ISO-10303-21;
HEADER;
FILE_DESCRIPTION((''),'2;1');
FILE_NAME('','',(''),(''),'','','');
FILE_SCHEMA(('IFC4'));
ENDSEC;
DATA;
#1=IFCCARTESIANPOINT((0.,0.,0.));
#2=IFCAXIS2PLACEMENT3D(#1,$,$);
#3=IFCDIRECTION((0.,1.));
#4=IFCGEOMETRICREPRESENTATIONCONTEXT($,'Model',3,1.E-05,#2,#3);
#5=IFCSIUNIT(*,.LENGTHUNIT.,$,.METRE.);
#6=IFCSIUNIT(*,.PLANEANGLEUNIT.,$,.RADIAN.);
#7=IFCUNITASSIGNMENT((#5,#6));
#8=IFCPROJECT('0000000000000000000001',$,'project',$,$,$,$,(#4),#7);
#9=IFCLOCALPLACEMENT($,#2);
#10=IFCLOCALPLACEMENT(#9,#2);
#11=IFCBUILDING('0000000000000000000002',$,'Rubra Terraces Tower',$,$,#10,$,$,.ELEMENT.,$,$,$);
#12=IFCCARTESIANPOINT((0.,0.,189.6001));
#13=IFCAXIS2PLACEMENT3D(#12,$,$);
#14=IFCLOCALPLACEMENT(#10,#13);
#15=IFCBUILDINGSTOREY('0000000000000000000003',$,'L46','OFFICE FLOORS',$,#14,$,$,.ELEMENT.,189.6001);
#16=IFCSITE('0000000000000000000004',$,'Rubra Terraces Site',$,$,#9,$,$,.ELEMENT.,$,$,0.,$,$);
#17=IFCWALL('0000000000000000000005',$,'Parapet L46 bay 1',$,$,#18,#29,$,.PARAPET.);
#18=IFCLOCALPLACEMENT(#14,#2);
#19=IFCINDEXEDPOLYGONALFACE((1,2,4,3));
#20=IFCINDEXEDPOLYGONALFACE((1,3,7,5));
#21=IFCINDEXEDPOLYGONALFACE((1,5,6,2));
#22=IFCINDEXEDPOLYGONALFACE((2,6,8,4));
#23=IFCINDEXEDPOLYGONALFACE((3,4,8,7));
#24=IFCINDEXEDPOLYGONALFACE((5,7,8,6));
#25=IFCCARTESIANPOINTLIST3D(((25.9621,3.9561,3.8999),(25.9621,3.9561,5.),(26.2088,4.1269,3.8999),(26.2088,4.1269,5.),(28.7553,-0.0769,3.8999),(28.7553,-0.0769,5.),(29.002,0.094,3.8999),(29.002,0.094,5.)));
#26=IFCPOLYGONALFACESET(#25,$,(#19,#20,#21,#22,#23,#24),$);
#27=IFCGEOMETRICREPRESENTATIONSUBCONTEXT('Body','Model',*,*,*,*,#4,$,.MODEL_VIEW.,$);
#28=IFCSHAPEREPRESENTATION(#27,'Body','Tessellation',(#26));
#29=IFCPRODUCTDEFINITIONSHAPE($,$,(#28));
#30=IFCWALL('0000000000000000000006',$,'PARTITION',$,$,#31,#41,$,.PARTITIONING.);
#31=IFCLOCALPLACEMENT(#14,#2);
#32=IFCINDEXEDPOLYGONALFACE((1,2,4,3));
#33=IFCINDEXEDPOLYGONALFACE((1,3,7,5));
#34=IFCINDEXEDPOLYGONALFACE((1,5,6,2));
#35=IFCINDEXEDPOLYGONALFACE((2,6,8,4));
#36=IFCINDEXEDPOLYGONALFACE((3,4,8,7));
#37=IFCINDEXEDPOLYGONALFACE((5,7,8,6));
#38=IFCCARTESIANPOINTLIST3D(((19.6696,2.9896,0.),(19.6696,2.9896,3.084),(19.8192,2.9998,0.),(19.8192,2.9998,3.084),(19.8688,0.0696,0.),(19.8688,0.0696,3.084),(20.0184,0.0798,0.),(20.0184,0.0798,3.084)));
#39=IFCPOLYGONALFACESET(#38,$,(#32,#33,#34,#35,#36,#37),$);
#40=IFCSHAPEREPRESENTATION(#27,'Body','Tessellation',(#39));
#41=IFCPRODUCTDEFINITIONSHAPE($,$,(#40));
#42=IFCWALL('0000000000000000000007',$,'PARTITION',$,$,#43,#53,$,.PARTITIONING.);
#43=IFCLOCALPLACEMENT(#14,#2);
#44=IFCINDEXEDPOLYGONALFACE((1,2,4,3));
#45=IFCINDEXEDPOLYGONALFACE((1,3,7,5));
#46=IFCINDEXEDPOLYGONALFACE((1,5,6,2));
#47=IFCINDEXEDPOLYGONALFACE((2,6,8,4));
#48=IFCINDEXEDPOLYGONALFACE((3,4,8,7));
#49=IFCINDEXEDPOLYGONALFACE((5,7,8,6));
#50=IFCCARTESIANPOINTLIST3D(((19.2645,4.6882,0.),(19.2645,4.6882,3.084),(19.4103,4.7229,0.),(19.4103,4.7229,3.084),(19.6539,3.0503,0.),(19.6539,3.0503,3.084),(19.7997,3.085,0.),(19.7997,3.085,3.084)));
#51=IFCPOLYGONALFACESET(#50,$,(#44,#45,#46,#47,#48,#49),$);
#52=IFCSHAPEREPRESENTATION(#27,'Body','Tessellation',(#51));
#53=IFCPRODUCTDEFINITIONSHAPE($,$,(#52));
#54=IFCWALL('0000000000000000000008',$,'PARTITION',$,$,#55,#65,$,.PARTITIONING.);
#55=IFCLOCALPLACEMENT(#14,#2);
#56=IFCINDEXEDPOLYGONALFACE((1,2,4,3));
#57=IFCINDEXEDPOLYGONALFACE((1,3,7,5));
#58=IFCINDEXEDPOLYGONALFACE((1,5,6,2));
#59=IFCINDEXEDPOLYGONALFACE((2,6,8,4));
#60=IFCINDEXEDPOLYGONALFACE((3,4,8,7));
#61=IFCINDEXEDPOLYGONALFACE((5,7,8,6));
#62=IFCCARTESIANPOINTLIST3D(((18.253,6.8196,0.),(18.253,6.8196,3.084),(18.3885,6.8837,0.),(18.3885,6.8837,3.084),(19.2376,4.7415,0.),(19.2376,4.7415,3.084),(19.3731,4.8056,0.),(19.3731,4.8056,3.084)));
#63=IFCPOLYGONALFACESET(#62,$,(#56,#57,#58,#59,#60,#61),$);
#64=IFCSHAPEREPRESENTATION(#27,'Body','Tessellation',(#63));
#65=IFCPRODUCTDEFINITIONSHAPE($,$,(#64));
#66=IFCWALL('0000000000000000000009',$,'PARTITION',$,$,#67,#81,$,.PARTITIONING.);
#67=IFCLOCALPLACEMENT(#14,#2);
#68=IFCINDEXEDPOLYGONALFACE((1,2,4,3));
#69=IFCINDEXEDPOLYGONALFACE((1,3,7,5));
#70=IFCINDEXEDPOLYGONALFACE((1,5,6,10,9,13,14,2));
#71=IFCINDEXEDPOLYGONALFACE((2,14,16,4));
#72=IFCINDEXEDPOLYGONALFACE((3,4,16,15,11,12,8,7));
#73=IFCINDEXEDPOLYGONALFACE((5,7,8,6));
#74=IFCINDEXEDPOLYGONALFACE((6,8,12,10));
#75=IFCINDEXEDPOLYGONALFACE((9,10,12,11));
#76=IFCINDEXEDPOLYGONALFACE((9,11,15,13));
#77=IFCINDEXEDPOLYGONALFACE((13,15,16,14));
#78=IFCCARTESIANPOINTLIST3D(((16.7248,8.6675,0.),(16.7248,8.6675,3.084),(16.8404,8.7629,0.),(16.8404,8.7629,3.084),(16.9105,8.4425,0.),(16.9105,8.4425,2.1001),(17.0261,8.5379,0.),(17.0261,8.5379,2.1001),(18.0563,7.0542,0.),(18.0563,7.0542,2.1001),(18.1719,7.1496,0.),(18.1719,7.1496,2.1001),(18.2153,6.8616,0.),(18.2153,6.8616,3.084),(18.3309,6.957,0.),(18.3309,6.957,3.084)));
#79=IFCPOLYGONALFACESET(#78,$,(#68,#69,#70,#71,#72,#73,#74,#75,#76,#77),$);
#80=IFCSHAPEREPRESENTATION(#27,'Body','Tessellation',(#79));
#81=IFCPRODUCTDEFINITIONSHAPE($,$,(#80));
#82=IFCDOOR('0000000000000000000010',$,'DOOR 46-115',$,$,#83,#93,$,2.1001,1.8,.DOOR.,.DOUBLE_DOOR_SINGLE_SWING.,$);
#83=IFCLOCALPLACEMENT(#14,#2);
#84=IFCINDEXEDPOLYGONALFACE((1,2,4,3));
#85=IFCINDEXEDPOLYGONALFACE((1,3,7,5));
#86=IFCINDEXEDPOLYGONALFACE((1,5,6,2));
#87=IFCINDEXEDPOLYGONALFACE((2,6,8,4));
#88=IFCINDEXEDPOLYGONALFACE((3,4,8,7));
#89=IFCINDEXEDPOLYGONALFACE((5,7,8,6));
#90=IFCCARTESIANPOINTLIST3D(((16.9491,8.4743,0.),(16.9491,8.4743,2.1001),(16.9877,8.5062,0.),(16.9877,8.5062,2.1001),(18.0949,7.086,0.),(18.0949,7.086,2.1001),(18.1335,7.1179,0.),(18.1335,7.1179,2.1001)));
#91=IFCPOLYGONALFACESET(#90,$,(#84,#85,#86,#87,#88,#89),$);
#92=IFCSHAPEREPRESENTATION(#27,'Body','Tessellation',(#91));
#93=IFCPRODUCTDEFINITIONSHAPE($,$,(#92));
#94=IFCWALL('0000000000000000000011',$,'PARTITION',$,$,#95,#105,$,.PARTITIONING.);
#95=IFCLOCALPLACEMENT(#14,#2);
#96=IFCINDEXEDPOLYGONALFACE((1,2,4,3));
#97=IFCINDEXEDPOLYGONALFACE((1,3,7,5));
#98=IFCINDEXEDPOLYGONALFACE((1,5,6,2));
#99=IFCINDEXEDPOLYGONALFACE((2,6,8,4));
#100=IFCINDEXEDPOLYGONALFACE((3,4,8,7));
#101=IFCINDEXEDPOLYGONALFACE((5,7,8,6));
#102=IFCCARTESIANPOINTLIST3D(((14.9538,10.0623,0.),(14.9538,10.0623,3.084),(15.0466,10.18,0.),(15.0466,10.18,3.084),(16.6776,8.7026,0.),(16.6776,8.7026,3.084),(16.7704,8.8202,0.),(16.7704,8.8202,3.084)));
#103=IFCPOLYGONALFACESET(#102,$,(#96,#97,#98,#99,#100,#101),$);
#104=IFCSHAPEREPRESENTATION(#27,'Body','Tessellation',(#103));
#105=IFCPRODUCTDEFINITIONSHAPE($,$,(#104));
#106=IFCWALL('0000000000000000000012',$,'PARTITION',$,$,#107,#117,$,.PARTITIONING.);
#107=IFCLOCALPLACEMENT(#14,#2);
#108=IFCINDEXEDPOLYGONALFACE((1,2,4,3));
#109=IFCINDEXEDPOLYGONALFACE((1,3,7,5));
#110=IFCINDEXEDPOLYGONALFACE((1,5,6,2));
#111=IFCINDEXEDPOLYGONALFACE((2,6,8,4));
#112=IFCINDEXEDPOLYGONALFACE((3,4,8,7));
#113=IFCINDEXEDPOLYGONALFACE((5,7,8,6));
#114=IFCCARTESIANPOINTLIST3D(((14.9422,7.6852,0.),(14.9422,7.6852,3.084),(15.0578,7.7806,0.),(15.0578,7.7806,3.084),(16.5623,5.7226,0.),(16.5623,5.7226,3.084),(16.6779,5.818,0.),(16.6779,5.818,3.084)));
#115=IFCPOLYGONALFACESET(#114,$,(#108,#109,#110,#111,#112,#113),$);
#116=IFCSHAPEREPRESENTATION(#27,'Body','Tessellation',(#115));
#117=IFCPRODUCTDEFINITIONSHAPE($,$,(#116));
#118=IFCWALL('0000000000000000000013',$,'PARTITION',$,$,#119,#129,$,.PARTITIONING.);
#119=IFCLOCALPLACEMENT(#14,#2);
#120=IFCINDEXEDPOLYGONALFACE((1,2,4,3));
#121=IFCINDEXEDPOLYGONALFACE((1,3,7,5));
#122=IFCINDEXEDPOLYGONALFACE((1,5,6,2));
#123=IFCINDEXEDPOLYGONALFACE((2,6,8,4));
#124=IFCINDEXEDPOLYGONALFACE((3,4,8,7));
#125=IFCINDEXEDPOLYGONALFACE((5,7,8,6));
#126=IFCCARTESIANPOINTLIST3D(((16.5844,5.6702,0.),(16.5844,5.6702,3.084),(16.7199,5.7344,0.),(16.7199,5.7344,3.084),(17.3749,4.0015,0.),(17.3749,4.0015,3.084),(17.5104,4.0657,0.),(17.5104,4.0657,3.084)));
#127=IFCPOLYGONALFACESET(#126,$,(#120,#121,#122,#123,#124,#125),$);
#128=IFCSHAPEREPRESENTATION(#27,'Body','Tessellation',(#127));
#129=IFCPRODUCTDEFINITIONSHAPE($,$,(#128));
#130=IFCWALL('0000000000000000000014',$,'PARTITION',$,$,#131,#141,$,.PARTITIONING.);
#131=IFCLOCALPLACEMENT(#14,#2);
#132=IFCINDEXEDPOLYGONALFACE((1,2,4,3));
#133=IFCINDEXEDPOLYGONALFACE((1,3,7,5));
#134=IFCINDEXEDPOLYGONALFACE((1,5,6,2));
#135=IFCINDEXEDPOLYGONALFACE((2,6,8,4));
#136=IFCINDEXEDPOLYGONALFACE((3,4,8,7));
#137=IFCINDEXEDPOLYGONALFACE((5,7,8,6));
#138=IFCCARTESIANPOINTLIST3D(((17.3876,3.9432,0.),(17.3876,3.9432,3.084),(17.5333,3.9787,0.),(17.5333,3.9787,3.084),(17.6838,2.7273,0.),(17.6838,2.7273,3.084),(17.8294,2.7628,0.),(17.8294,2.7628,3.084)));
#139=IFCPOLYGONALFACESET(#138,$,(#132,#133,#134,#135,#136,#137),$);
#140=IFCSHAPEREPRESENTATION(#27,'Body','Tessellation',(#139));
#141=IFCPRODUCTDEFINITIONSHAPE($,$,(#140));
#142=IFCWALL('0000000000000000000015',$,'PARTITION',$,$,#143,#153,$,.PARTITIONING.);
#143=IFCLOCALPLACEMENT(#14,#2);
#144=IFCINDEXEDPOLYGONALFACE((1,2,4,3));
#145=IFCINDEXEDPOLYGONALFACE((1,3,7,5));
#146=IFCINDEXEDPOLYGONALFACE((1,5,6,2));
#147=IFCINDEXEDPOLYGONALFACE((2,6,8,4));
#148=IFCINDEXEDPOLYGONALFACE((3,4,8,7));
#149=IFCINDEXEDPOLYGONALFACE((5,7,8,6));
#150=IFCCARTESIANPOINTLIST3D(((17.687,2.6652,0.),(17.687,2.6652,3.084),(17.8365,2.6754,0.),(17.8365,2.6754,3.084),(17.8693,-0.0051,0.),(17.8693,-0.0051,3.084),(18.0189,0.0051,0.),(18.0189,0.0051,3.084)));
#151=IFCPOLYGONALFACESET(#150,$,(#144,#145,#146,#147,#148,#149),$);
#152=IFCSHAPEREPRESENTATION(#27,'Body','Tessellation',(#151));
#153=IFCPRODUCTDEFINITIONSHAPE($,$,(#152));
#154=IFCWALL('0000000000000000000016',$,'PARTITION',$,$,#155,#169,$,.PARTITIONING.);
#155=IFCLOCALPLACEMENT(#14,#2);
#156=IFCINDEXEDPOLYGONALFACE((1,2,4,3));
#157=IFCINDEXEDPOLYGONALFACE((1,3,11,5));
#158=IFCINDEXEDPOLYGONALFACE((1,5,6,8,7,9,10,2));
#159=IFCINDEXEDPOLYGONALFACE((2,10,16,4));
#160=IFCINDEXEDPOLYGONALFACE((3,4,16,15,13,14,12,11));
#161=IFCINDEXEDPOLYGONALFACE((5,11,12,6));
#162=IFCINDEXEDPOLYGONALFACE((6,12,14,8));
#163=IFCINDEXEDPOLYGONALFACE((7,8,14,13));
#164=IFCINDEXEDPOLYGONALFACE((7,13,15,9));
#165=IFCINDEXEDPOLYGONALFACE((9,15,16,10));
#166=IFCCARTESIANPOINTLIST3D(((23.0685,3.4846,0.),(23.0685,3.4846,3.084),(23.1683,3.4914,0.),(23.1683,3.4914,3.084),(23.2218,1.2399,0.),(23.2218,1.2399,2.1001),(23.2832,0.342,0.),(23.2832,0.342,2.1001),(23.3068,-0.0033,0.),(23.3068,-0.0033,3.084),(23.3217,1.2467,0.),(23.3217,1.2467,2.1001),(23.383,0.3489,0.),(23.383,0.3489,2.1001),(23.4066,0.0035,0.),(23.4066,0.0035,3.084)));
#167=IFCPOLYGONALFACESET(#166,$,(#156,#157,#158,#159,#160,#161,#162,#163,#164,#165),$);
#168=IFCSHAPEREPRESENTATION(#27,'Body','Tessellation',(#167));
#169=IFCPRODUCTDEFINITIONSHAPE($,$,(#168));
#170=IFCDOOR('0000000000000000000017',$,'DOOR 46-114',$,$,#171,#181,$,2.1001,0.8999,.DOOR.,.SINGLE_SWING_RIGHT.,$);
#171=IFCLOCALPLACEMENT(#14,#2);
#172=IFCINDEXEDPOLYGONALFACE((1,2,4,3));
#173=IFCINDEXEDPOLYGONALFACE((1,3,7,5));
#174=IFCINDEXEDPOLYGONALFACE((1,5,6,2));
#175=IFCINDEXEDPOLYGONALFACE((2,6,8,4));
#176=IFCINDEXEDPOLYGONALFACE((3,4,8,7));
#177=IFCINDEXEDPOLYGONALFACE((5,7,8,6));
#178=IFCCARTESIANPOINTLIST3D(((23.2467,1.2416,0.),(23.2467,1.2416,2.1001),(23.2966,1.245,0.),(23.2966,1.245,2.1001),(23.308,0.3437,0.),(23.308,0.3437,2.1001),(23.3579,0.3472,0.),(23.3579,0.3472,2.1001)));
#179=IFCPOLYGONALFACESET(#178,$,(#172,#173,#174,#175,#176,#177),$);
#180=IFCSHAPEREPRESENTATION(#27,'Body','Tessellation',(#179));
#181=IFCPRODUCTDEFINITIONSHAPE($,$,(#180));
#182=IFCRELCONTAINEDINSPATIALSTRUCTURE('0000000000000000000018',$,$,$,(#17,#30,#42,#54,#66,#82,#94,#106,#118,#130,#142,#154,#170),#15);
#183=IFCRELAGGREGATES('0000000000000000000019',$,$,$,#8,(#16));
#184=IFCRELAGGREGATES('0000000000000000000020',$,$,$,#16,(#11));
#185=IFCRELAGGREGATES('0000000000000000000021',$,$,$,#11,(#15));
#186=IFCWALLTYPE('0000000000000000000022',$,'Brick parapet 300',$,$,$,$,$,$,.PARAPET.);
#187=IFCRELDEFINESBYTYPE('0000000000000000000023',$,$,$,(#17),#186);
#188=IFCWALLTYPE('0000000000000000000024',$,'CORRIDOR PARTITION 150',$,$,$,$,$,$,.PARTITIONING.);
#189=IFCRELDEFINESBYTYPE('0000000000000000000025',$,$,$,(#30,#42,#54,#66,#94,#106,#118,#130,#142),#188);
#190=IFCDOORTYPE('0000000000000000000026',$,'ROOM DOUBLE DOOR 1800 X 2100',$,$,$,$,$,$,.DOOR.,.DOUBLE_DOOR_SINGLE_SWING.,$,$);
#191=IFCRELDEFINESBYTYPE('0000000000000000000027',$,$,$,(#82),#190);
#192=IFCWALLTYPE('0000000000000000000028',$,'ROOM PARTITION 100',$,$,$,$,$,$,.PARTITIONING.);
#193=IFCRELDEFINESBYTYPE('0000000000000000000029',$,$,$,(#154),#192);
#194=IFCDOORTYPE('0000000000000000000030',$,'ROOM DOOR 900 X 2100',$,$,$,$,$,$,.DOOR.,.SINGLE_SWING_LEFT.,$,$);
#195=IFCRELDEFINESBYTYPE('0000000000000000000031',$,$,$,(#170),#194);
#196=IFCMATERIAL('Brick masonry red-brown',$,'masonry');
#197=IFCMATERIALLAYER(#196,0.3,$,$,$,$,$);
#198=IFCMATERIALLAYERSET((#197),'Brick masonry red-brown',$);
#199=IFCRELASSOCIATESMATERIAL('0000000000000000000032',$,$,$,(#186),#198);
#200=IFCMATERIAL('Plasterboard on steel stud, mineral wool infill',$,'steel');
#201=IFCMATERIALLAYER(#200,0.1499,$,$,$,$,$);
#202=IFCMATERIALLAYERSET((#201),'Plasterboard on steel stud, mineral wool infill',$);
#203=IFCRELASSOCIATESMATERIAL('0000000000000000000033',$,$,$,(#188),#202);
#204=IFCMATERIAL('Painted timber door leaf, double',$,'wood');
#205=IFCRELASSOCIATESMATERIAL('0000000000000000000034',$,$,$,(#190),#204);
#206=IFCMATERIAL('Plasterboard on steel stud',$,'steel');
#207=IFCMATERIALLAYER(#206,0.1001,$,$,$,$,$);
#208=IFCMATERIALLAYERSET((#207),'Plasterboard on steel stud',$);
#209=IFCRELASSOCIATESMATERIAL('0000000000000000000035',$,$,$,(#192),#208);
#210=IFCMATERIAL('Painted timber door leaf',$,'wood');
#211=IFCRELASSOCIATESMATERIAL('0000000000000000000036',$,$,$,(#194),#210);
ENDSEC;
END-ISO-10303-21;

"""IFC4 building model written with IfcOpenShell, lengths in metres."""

from ifc_helpers import new_model, si_unit, direction, frame, frame_2d, origin, place, context, subcontext, project, spatial, rectangle, extrude, material, layer, layer_set, type_object, element, fill, save


model = new_model("IFC4")

# Units and contexts
model_context = context("Model", 3, precision=1e-05, world=origin(), true_north=direction((0.0, 1.0)))
body_context = subcontext(model_context, "Body", "Model", "MODEL_VIEW")
ifc_project = project(units=[si_unit("LENGTHUNIT", "METRE"), si_unit("PLANEANGLEUNIT", "RADIAN")], contexts=[model_context])

# Site, building, storey
site_placement = place(None, origin())
site = spatial("IfcSite", under=ifc_project, at=site_placement, Name="Rubra Terraces Site", CompositionType="ELEMENT", RefElevation=0.0)
building_placement = place(site_placement, origin())
building = spatial("IfcBuilding", under=site, at=building_placement, Name="Rubra Terraces Tower", CompositionType="ELEMENT")
storey_placement = place(building_placement, frame((0.0, 0.0, 189.6001)))
storey = spatial("IfcBuildingStorey", under=building, at=storey_placement, Name="L46", Description="OFFICE FLOORS", CompositionType="ELEMENT", Elevation=189.6001)

# Shared definitions
ifc_material_1 = material(Name="Brick masonry red-brown", Category="masonry")

# Walls
ifc_layer_1 = layer(ifc_material_1, 0.3)
ifc_layer_set_1 = layer_set([ifc_layer_1], Name="Brick masonry red-brown")
wall_type_1 = type_object("IfcWallType", Name="Brick parapet 300", PredefinedType="PARAPET", material=ifc_layer_set_1)
wall_1_placement = place(storey_placement, frame((28.8787, 0.0085, 3.8999), z_axis=(0.0, 0.0, 1.0), x_axis=(-0.56937, 0.822081, 0.0)))
element("IfcWall", 1, at=wall_1_placement, inside=storey, type_object=wall_type_1, Name="Parapet L46 bay 1", PredefinedType="PARAPET", context=body_context, shape_type="SweptSolid", body=[
    extrude(rectangle(XDim=4.9058, YDim=0.3, at=frame_2d((2.4529, 0.0))), origin(), (0.0, 0.0, 1.0), 1.1001),
])
ifc_material_2 = material(Name="Plasterboard on steel stud, mineral wool infill", Category="steel")
ifc_layer_2 = layer(ifc_material_2, 0.1499)
ifc_layer_set_2 = layer_set([ifc_layer_2], Name="Plasterboard on steel stud, mineral wool infill")
wall_type_2 = type_object("IfcWallType", Name="CORRIDOR PARTITION 150", PredefinedType="PARTITIONING", material=ifc_layer_set_2)
wall_2_placement = place(storey_placement, frame((19.9436, 0.0747, 0.0), z_axis=(0.0, 0.0, 1.0), x_axis=(-0.068069, 0.997681, 0.0)))
element("IfcWall", 2, at=wall_2_placement, inside=storey, type_object=wall_type_2, Name="PARTITION", PredefinedType="PARTITIONING", context=body_context, shape_type="SweptSolid", body=[
    extrude(rectangle(XDim=2.9268, YDim=0.1499, at=frame_2d((1.4634, 0.0))), origin(), (0.0, 0.0, 1.0), 3.084),
])
wall_3_placement = place(storey_placement, frame((19.7268, 3.0676, 0.0), z_axis=(0.0, 0.0, 1.0), x_axis=(-0.231294, 0.972884, 0.0)))
element("IfcWall", 3, at=wall_3_placement, inside=storey, type_object=wall_type_2, Name="PARTITION", PredefinedType="PARTITIONING", context=body_context, shape_type="SweptSolid", body=[
    extrude(rectangle(XDim=1.6836, YDim=0.1499, at=frame_2d((0.8418, 0.0))), origin(), (0.0, 0.0, 1.0), 3.084),
])
wall_4_placement = place(storey_placement, frame((19.3054, 4.7734, 0.0), z_axis=(0.0, 0.0, 1.0), x_axis=(-0.428173, 0.903697, 0.0)))
element("IfcWall", 4, at=wall_4_placement, inside=storey, type_object=wall_type_2, Name="PARTITION", PredefinedType="PARTITIONING", context=body_context, shape_type="SweptSolid", body=[
    extrude(rectangle(XDim=2.2996, YDim=0.1499, at=frame_2d((1.1499, 0.0))), origin(), (0.0, 0.0, 1.0), 3.084),
])

# Wall, opening, door
wall_5_placement = place(storey_placement, frame((18.2732, 6.9092, 0.0), z_axis=(0.0, 0.0, 1.0), x_axis=(-0.636536, 0.771247, 0.0)))
wall_5 = element("IfcWall", 5, at=wall_5_placement, inside=storey, type_object=wall_type_2, Name="PARTITION", PredefinedType="PARTITIONING", context=body_context, shape_type="SweptSolid", body=[
    extrude(rectangle(XDim=2.3416, YDim=0.1499, at=frame_2d((1.1709, 0.0))), origin(), (0.0, 0.0, 1.0), 3.084),
])
opening_1_placement = place(wall_5_placement, frame((0.25, 0.0, 0.0)))
opening_1 = element("IfcOpeningElement", 6, at=opening_1_placement, cuts=wall_5, PredefinedType="OPENING", context=body_context, shape_type="SweptSolid", body=[
    extrude(rectangle(XDim=1.8, YDim=2.1001, at=frame_2d((0.8999, 1.05))), frame((0.0, 0.085, 0.0), z_axis=(0.0, -1.0, 0.0), x_axis=(1.0, 0.0, 0.0)), (0.0, 0.0, 1.0), 0.1699),
])
ifc_material_3 = material(Name="Painted timber door leaf, double", Category="wood")
door_type_1 = type_object("IfcDoorType", Name="ROOM DOUBLE DOOR 1800 X 2100", OperationType="DOUBLE_DOOR_SINGLE_SWING", PredefinedType="DOOR", material=ifc_material_3)
door_1_placement = place(opening_1_placement, origin())
door_1 = element("IfcDoor", 7, at=door_1_placement, inside=storey, type_object=door_type_1, Name="DOOR 46-115", OperationType="DOUBLE_DOOR_SINGLE_SWING", OverallHeight=2.1001, OverallWidth=1.8, PredefinedType="DOOR", context=body_context, shape_type="SweptSolid", body=[
    extrude(rectangle(XDim=1.8, YDim=2.1001, at=frame_2d((0.8999, 1.05))), frame((0.0, 0.0249, 0.0), z_axis=(0.0, -1.0, 0.0), x_axis=(1.0, 0.0, 0.0)), (0.0, 0.0, 1.0), 0.05),
])
fill(opening_1, door_1)

# Walls
wall_6_placement = place(storey_placement, frame((16.7239, 8.7615, 0.0), z_axis=(0.0, 0.0, 1.0), x_axis=(-0.785125, 0.619338, 0.0)))
element("IfcWall", 8, at=wall_6_placement, inside=storey, type_object=wall_type_2, Name="PARTITION", PredefinedType="PARTITIONING", context=body_context, shape_type="SweptSolid", body=[
    extrude(rectangle(XDim=2.1956, YDim=0.1499, at=frame_2d((1.0977, 0.0))), origin(), (0.0, 0.0, 1.0), 3.084),
])
wall_7_placement = place(storey_placement, frame((15.0, 7.7329, 0.0), z_axis=(0.0, 0.0, 1.0), x_axis=(0.636601, -0.771193, 0.0)))
element("IfcWall", 9, at=wall_7_placement, inside=storey, type_object=wall_type_2, Name="PARTITION", PredefinedType="PARTITIONING", context=body_context, shape_type="SweptSolid", body=[
    extrude(rectangle(XDim=2.5449, YDim=0.1499, at=frame_2d((1.2725, 0.0))), origin(), (0.0, 0.0, 1.0), 3.084),
])
wall_8_placement = place(storey_placement, frame((16.6521, 5.7024, 0.0), z_axis=(0.0, 0.0, 1.0), x_axis=(0.428126, -0.903719, 0.0)))
element("IfcWall", 10, at=wall_8_placement, inside=storey, type_object=wall_type_2, Name="PARTITION", PredefinedType="PARTITIONING", context=body_context, shape_type="SweptSolid", body=[
    extrude(rectangle(XDim=1.8464, YDim=0.1499, at=frame_2d((0.9233, 0.0))), origin(), (0.0, 0.0, 1.0), 3.084),
])
wall_9_placement = place(storey_placement, frame((17.4604, 3.9609, 0.0), z_axis=(0.0, 0.0, 1.0), x_axis=(0.236655, -0.971594, 0.0)))
element("IfcWall", 11, at=wall_9_placement, inside=storey, type_object=wall_type_2, Name="PARTITION", PredefinedType="PARTITIONING", context=body_context, shape_type="SweptSolid", body=[
    extrude(rectangle(XDim=1.2515, YDim=0.1499, at=frame_2d((0.6257, 0.0))), origin(), (0.0, 0.0, 1.0), 3.084),
])
wall_10_placement = place(storey_placement, frame((17.7617, 2.6704, 0.0), z_axis=(0.0, 0.0, 1.0), x_axis=(0.068135, -0.997676, 0.0)))
element("IfcWall", 12, at=wall_10_placement, inside=storey, type_object=wall_type_2, Name="PARTITION", PredefinedType="PARTITIONING", context=body_context, shape_type="SweptSolid", body=[
    extrude(rectangle(XDim=2.6765, YDim=0.1499, at=frame_2d((1.3384, 0.0))), origin(), (0.0, 0.0, 1.0), 3.084),
])

# Wall, opening, door
ifc_material_4 = material(Name="Plasterboard on steel stud", Category="steel")
ifc_layer_3 = layer(ifc_material_4, 0.1001)
ifc_layer_set_3 = layer_set([ifc_layer_3], Name="Plasterboard on steel stud")
wall_type_3 = type_object("IfcWallType", Name="ROOM PARTITION 100", PredefinedType="PARTITIONING", material=ifc_layer_set_3)
wall_11_placement = place(storey_placement, frame((23.1184, 3.488, 0.0), z_axis=(0.0, 0.0, 1.0), x_axis=(0.068155, -0.997675, 0.0)))
wall_11 = element("IfcWall", 13, at=wall_11_placement, inside=storey, type_object=wall_type_3, Name="PARTITION", PredefinedType="PARTITIONING", context=body_context, shape_type="SweptSolid", body=[
    extrude(rectangle(XDim=3.4961, YDim=0.1001, at=frame_2d((1.748, 0.0))), origin(), (0.0, 0.0, 1.0), 3.084),
])
opening_2_placement = place(wall_11_placement, frame((2.25, 0.0, 0.0)))
opening_2 = element("IfcOpeningElement", 14, at=opening_2_placement, cuts=wall_11, PredefinedType="OPENING", context=body_context, shape_type="SweptSolid", body=[
    extrude(rectangle(XDim=0.8999, YDim=2.1001, at=frame_2d((0.45, 1.05))), frame((0.0, 0.0601, 0.0), z_axis=(0.0, -1.0, 0.0), x_axis=(1.0, 0.0, 0.0)), (0.0, 0.0, 1.0), 0.1201),
])
ifc_material_5 = material(Name="Painted timber door leaf", Category="wood")
door_type_2 = type_object("IfcDoorType", Name="ROOM DOOR 900 X 2100", OperationType="SINGLE_SWING_LEFT", PredefinedType="DOOR", material=ifc_material_5)
door_2_placement = place(opening_2_placement, origin())
door_2 = element("IfcDoor", 15, at=door_2_placement, inside=storey, type_object=door_type_2, Name="DOOR 46-114", OperationType="SINGLE_SWING_RIGHT", OverallHeight=2.1001, OverallWidth=0.8999, PredefinedType="DOOR", context=body_context, shape_type="SweptSolid", body=[
    extrude(rectangle(XDim=0.8999, YDim=2.1001, at=frame_2d((0.45, 1.05))), frame((0.0, 0.0249, 0.0), z_axis=(0.0, -1.0, 0.0), x_axis=(1.0, 0.0, 0.0)), (0.0, 0.0, 1.0), 0.05),
])
fill(opening_2, door_2)

save(model, "model.ifc")
